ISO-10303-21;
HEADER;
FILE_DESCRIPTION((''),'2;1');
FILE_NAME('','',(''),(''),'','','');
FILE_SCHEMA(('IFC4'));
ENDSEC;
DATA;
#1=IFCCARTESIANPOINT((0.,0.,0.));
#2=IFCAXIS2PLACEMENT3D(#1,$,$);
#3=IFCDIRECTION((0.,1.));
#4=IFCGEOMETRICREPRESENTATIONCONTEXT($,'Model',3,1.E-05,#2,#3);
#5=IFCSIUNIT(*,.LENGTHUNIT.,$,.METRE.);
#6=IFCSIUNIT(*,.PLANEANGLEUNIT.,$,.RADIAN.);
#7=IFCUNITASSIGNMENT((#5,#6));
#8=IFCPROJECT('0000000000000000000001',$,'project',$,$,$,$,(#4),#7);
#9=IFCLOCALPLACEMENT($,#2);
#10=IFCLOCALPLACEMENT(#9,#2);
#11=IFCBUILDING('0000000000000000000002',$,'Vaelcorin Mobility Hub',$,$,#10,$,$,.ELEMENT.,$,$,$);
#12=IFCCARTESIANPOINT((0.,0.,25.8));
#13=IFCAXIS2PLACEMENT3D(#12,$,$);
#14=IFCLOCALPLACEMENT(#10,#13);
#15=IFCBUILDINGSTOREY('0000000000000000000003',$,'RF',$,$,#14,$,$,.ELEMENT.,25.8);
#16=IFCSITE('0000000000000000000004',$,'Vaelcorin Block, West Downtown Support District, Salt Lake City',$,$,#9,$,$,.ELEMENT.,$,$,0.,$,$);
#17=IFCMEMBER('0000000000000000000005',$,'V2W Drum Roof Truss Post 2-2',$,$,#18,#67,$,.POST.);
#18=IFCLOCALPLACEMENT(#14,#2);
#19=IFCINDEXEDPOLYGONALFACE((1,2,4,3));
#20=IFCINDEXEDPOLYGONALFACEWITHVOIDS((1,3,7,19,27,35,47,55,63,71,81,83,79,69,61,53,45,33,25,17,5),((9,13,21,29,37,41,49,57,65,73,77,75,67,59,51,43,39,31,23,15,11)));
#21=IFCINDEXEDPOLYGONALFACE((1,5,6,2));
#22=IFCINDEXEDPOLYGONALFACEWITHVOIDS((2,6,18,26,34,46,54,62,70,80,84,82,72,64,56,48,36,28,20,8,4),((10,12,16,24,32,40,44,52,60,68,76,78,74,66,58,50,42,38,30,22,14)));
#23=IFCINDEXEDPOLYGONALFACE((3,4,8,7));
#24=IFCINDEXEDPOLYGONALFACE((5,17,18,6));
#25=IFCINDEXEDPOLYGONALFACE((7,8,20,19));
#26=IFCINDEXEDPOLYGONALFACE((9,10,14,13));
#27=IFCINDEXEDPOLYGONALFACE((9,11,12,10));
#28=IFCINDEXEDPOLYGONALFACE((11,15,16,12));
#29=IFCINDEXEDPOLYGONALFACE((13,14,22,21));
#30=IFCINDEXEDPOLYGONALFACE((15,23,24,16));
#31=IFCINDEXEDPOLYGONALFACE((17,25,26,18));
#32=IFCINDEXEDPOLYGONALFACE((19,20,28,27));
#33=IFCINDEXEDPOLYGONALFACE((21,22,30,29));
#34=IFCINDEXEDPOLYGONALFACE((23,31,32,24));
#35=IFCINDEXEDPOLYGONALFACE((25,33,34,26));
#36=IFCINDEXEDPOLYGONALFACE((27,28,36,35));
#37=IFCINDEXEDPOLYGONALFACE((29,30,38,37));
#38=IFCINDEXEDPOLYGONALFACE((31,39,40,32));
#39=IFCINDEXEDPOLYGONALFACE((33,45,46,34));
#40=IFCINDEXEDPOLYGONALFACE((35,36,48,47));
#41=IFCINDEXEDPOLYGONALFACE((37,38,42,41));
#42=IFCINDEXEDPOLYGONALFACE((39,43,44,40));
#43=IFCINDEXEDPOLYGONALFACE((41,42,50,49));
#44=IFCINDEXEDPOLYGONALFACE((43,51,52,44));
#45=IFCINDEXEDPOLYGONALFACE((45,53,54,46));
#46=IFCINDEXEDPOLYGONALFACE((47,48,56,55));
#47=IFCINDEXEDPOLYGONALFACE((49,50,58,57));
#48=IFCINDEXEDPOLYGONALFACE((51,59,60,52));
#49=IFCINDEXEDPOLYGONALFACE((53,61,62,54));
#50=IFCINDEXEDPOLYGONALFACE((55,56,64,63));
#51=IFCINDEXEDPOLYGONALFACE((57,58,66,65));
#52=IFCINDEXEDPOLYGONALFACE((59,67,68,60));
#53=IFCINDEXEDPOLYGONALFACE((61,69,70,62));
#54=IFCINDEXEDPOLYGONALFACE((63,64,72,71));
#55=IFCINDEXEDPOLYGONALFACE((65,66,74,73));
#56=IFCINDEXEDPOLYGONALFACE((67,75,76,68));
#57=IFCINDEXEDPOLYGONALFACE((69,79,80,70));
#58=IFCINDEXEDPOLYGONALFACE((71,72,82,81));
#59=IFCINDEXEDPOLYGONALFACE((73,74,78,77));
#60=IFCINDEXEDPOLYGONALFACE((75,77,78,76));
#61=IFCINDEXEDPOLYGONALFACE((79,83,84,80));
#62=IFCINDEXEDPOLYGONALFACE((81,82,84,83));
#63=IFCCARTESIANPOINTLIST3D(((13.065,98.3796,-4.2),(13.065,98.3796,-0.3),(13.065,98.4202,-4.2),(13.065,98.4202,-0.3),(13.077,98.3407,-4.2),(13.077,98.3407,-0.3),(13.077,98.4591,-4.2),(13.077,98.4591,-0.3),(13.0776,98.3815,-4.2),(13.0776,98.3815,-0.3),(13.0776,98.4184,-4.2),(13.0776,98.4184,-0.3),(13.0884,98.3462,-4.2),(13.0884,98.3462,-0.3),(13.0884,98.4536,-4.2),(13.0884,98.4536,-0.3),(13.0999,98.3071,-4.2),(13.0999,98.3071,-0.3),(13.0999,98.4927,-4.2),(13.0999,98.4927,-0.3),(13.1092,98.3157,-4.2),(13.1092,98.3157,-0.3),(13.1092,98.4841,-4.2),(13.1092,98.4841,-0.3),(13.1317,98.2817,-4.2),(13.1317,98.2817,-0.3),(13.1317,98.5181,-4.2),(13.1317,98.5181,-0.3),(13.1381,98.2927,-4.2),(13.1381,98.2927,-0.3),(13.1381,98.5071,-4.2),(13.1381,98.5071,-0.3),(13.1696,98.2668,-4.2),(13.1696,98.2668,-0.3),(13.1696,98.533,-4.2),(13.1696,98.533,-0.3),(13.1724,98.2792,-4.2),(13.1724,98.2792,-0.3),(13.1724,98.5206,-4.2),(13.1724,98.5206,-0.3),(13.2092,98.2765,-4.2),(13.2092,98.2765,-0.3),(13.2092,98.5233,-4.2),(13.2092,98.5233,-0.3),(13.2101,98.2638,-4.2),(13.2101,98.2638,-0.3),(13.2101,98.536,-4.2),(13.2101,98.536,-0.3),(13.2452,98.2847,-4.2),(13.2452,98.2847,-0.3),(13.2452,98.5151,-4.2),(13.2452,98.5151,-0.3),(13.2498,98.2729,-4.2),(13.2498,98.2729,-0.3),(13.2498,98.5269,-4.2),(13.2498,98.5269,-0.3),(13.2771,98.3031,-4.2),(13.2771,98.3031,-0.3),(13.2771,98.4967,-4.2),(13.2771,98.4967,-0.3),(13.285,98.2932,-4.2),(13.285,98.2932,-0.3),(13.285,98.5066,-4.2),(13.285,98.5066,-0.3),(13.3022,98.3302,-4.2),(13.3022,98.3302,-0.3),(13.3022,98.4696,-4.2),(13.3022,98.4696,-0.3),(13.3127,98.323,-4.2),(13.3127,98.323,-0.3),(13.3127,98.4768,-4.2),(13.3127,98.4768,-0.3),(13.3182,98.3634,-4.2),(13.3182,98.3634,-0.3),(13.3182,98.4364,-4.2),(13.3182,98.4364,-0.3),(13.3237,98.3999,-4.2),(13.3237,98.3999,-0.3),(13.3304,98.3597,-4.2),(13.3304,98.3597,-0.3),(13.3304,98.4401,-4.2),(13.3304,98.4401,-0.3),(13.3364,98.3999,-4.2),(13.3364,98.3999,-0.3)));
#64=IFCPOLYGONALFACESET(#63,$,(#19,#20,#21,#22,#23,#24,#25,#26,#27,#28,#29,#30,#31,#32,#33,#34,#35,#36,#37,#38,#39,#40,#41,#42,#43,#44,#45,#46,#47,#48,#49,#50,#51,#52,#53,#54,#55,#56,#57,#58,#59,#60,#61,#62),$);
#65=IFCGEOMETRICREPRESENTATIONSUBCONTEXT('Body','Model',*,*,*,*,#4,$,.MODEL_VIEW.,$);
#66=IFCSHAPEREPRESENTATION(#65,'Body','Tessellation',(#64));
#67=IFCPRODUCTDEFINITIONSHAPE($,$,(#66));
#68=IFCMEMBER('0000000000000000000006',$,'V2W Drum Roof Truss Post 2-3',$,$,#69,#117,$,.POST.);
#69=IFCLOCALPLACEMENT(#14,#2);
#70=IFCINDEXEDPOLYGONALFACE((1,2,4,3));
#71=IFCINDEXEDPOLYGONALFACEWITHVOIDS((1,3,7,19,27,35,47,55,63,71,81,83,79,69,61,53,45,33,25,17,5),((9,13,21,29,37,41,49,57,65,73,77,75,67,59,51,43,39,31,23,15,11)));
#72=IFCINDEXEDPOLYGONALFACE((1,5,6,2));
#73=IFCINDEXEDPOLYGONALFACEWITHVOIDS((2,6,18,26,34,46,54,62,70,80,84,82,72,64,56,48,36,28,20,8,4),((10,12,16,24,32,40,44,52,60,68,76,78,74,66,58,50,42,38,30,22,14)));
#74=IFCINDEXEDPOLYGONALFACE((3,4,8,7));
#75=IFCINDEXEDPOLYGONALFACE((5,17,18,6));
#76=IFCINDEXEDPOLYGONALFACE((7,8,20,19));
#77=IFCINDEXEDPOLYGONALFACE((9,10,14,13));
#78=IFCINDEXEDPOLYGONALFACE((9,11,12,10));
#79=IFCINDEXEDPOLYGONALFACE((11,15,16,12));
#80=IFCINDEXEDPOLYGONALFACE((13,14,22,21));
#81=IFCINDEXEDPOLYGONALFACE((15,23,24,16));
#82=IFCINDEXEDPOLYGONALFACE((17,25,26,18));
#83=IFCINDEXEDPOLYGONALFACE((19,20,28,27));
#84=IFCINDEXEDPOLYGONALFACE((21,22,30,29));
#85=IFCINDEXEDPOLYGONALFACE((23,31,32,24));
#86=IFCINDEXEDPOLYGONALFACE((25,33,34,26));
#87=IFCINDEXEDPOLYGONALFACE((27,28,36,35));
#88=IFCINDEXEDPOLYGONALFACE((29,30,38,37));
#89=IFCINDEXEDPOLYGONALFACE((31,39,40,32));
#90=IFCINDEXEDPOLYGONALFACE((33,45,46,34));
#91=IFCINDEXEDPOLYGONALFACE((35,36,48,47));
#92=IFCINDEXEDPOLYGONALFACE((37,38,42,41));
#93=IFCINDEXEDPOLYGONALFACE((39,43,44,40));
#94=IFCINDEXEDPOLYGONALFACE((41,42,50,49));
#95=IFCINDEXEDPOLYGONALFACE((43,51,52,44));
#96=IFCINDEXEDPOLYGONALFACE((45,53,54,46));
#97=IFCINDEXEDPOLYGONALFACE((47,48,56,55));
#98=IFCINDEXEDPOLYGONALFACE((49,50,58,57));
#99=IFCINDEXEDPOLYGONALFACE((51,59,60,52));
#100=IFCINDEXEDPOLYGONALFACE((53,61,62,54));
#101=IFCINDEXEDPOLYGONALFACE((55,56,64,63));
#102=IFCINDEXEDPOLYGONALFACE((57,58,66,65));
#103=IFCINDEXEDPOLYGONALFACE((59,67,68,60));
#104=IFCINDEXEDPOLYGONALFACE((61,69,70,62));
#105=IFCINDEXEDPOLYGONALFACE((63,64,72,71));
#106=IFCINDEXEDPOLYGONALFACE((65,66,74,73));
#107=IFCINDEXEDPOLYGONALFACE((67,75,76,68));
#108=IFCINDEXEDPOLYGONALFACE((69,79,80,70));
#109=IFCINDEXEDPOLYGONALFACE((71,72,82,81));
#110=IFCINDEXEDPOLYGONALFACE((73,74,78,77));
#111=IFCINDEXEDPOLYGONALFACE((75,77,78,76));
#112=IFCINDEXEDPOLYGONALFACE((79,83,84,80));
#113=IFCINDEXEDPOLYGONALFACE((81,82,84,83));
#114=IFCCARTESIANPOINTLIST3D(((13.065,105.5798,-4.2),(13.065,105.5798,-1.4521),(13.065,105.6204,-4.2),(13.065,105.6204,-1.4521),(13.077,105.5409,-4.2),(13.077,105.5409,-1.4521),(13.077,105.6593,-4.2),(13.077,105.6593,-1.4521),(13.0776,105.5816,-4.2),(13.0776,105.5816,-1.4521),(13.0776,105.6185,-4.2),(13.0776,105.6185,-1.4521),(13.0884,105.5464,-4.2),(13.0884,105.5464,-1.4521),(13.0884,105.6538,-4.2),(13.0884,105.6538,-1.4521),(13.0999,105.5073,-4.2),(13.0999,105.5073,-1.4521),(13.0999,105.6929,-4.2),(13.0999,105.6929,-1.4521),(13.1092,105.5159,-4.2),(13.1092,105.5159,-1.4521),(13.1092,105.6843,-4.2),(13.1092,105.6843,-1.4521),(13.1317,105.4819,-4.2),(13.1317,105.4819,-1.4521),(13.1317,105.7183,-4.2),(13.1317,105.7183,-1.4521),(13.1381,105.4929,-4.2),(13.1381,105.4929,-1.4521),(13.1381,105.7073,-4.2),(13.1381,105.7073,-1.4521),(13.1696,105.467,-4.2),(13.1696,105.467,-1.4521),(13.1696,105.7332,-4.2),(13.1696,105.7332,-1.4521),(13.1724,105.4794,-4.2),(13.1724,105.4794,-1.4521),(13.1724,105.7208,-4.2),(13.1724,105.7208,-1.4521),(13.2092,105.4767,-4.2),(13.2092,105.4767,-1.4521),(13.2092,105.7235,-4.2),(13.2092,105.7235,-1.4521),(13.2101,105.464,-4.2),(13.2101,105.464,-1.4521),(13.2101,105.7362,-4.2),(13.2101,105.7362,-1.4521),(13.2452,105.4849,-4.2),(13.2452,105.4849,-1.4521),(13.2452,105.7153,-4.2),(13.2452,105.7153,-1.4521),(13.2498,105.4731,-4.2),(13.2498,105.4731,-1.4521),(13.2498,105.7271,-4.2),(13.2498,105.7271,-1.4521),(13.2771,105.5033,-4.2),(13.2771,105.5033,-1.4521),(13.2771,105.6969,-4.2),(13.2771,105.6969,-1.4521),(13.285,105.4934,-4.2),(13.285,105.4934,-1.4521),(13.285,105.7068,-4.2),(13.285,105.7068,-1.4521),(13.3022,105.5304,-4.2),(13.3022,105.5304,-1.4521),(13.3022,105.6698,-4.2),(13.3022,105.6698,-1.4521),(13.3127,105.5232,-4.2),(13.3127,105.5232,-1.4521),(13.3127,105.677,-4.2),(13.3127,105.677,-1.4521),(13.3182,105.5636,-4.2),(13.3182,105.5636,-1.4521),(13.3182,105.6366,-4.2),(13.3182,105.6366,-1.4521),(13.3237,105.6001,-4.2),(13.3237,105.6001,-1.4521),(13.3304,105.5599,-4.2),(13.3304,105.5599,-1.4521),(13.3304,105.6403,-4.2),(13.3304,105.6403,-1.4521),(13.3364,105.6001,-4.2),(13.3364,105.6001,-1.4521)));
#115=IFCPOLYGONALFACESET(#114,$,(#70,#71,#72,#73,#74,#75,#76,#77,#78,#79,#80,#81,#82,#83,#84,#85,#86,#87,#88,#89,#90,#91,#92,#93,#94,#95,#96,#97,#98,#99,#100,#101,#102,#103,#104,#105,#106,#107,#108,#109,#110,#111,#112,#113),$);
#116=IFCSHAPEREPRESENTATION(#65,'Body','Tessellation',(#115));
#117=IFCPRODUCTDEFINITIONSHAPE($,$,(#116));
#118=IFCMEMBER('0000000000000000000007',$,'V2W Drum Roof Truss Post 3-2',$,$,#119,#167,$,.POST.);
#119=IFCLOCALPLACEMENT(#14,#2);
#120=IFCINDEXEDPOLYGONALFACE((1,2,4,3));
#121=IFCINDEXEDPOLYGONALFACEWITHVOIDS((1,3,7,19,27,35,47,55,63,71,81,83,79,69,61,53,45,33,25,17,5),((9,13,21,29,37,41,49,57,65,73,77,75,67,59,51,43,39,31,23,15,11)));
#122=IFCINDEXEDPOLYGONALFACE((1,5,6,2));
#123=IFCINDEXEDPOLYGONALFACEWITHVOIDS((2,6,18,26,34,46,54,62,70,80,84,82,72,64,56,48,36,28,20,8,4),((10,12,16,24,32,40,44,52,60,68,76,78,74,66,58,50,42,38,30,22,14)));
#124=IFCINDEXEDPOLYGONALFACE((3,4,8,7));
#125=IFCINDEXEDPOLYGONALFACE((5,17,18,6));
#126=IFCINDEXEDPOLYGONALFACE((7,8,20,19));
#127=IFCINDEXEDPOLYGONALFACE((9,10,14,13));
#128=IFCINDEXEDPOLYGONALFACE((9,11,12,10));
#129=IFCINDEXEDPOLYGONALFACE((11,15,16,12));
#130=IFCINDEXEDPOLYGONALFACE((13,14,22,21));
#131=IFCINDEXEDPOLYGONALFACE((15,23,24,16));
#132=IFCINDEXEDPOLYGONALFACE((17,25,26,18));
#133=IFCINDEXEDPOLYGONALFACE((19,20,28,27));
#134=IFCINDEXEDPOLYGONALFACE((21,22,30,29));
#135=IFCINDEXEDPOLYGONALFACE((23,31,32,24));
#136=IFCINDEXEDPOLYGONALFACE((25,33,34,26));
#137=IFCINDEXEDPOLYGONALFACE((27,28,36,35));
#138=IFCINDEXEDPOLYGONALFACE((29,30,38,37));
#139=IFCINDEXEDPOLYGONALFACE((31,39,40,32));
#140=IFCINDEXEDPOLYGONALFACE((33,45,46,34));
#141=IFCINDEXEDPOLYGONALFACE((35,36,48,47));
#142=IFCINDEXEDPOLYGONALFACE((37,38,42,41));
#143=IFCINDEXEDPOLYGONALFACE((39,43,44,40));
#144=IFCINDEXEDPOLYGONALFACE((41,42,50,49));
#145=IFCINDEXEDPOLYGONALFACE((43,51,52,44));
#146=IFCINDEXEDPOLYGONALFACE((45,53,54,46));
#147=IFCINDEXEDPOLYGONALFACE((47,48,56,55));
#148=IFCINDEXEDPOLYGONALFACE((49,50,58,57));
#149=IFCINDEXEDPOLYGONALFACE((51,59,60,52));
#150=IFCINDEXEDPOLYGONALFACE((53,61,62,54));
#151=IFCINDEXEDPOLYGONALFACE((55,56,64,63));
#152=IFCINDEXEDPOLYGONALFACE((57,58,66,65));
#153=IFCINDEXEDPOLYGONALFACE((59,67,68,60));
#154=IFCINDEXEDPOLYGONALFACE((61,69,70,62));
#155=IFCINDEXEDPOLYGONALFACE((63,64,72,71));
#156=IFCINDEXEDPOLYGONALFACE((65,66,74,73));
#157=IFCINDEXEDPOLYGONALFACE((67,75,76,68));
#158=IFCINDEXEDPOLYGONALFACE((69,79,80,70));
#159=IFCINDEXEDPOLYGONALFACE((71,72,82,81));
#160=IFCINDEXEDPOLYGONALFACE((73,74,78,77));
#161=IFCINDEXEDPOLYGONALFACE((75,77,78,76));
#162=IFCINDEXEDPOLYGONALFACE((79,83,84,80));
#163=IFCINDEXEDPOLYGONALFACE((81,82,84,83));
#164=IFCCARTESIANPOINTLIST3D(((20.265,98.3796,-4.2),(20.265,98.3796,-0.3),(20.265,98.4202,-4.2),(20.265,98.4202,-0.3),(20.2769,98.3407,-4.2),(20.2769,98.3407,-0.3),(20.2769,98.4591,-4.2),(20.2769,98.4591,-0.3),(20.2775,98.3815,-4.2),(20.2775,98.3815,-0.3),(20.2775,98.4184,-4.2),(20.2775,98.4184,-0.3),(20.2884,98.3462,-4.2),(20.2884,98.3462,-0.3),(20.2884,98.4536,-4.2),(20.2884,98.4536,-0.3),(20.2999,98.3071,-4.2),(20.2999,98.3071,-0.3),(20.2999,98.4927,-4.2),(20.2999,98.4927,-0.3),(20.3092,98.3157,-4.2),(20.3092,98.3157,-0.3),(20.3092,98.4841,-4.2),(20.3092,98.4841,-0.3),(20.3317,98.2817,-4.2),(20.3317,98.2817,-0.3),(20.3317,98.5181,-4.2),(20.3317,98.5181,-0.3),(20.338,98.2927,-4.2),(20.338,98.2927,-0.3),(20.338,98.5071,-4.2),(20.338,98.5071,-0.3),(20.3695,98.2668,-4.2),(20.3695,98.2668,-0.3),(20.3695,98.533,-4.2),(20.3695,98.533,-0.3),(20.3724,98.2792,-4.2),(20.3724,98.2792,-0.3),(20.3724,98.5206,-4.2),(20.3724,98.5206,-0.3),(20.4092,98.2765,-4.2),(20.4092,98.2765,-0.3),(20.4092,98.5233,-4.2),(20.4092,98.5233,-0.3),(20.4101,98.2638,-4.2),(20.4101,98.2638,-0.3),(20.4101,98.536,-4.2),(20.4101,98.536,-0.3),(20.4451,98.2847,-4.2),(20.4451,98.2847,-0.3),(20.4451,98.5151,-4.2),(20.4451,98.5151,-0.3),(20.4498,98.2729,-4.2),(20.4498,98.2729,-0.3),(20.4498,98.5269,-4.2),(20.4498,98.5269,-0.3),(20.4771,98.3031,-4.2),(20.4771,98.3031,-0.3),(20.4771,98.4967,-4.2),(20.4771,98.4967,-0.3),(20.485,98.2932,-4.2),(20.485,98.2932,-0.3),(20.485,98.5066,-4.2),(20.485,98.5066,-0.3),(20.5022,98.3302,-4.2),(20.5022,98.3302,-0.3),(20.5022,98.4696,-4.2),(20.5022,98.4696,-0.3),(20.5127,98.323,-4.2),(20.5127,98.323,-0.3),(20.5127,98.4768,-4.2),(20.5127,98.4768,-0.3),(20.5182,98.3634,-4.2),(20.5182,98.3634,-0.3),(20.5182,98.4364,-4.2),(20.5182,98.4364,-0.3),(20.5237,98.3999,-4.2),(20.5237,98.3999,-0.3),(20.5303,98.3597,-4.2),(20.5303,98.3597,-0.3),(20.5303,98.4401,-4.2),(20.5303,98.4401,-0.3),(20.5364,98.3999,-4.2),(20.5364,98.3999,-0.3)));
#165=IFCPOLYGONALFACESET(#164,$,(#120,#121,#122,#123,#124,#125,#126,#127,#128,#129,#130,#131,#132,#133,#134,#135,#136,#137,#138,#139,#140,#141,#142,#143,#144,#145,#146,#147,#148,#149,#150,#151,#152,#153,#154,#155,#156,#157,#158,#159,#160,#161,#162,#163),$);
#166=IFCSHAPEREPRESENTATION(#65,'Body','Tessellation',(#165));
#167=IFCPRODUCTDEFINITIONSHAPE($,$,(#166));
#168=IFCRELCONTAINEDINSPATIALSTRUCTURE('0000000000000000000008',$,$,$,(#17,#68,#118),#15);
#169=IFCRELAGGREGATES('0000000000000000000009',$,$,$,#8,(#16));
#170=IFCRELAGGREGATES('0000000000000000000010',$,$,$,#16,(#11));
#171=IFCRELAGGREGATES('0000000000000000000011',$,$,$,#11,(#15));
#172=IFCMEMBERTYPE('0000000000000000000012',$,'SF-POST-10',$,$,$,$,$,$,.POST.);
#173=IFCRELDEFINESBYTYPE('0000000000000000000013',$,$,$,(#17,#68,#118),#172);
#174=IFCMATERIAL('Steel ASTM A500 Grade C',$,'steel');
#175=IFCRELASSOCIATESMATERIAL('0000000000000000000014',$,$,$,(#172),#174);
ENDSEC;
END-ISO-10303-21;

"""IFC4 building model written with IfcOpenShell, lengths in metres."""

from ifc_helpers import new_model, si_unit, direction, frame, origin, origin_2d, place, context, subcontext, project, spatial, hollow_circle, extrude, material, material_profile, profile_set, type_object, element, save


model = new_model("IFC4")

# Units and contexts
model_context = context("Model", 3, precision=1e-05, world=origin(), true_north=direction((0.0, 1.0)))
body_context = subcontext(model_context, "Body", "Model", "MODEL_VIEW")
ifc_project = project(units=[si_unit("LENGTHUNIT", "METRE"), si_unit("PLANEANGLEUNIT", "RADIAN")], contexts=[model_context])

# Site, building, storey
site_placement = place(None, origin())
site = spatial("IfcSite", under=ifc_project, at=site_placement, Name="Vaelcorin Block, West Downtown Support District, Salt Lake City", CompositionType="ELEMENT", RefElevation=0.0)
building_placement = place(site_placement, origin())
building = spatial("IfcBuilding", under=site, at=building_placement, Name="Vaelcorin Mobility Hub", CompositionType="ELEMENT")
storey_placement = place(building_placement, frame((0.0, 0.0, 25.8)))
storey = spatial("IfcBuildingStorey", under=building, at=storey_placement, Name="RF", CompositionType="ELEMENT", Elevation=25.8)

# Members
ifc_material_1 = material(Name="Steel ASTM A500 Grade C", Category="steel")
ifc_material_profile_1 = material_profile(ifc_material_1, hollow_circle(Radius=0.1365, WallThickness=0.0127, at=origin_2d()), Name="HSS10.750X0.500")
ifc_profile_set_1 = profile_set([ifc_material_profile_1], Name="Steel ASTM A500 Grade C")
member_type_1 = type_object("IfcMemberType", Name="SF-POST-10", PredefinedType="POST", material=ifc_profile_set_1)
member_1_placement = place(storey_placement, frame((13.2, 98.3999, -4.2), z_axis=(0.0, 0.0, 1.0), x_axis=(1.0, 0.0, 0.0)))
element("IfcMember", 1, at=member_1_placement, inside=storey, type_object=member_type_1, Name="V2W Drum Roof Truss Post 2-2", PredefinedType="POST", context=body_context, shape_type="SweptSolid", body=[
    extrude(hollow_circle(Radius=0.1365, WallThickness=0.0127, at=origin_2d()), origin(), (0.0, 0.0, 1.0), 3.8999),
])
member_2_placement = place(storey_placement, frame((13.2, 105.6001, -4.2), z_axis=(0.0, 0.0, 1.0), x_axis=(1.0, 0.0, 0.0)))
element("IfcMember", 2, at=member_2_placement, inside=storey, type_object=member_type_1, Name="V2W Drum Roof Truss Post 2-3", PredefinedType="POST", context=body_context, shape_type="SweptSolid", body=[
    extrude(hollow_circle(Radius=0.1365, WallThickness=0.0127, at=origin_2d()), origin(), (0.0, 0.0, 1.0), 2.7478),
])
for number, where, z_axis, x_axis, name in (
    (3, (20.3999, 98.3999, -4.2), (0.0, 0.0, 1.0), (1.0, 0.0, 0.0), "V2W Drum Roof Truss Post 3-2"),
):
    element("IfcMember", number, at=place(storey_placement, frame(where, z_axis=z_axis, x_axis=x_axis)), inside=storey, type_object=member_type_1, Name=name, PredefinedType="POST", context=body_context, shape_type="SweptSolid", body=[
        extrude(hollow_circle(Radius=0.1365, WallThickness=0.0127, at=origin_2d()), origin(), (0.0, 0.0, 1.0), 3.8999),
    ])

save(model, "model.ifc")
